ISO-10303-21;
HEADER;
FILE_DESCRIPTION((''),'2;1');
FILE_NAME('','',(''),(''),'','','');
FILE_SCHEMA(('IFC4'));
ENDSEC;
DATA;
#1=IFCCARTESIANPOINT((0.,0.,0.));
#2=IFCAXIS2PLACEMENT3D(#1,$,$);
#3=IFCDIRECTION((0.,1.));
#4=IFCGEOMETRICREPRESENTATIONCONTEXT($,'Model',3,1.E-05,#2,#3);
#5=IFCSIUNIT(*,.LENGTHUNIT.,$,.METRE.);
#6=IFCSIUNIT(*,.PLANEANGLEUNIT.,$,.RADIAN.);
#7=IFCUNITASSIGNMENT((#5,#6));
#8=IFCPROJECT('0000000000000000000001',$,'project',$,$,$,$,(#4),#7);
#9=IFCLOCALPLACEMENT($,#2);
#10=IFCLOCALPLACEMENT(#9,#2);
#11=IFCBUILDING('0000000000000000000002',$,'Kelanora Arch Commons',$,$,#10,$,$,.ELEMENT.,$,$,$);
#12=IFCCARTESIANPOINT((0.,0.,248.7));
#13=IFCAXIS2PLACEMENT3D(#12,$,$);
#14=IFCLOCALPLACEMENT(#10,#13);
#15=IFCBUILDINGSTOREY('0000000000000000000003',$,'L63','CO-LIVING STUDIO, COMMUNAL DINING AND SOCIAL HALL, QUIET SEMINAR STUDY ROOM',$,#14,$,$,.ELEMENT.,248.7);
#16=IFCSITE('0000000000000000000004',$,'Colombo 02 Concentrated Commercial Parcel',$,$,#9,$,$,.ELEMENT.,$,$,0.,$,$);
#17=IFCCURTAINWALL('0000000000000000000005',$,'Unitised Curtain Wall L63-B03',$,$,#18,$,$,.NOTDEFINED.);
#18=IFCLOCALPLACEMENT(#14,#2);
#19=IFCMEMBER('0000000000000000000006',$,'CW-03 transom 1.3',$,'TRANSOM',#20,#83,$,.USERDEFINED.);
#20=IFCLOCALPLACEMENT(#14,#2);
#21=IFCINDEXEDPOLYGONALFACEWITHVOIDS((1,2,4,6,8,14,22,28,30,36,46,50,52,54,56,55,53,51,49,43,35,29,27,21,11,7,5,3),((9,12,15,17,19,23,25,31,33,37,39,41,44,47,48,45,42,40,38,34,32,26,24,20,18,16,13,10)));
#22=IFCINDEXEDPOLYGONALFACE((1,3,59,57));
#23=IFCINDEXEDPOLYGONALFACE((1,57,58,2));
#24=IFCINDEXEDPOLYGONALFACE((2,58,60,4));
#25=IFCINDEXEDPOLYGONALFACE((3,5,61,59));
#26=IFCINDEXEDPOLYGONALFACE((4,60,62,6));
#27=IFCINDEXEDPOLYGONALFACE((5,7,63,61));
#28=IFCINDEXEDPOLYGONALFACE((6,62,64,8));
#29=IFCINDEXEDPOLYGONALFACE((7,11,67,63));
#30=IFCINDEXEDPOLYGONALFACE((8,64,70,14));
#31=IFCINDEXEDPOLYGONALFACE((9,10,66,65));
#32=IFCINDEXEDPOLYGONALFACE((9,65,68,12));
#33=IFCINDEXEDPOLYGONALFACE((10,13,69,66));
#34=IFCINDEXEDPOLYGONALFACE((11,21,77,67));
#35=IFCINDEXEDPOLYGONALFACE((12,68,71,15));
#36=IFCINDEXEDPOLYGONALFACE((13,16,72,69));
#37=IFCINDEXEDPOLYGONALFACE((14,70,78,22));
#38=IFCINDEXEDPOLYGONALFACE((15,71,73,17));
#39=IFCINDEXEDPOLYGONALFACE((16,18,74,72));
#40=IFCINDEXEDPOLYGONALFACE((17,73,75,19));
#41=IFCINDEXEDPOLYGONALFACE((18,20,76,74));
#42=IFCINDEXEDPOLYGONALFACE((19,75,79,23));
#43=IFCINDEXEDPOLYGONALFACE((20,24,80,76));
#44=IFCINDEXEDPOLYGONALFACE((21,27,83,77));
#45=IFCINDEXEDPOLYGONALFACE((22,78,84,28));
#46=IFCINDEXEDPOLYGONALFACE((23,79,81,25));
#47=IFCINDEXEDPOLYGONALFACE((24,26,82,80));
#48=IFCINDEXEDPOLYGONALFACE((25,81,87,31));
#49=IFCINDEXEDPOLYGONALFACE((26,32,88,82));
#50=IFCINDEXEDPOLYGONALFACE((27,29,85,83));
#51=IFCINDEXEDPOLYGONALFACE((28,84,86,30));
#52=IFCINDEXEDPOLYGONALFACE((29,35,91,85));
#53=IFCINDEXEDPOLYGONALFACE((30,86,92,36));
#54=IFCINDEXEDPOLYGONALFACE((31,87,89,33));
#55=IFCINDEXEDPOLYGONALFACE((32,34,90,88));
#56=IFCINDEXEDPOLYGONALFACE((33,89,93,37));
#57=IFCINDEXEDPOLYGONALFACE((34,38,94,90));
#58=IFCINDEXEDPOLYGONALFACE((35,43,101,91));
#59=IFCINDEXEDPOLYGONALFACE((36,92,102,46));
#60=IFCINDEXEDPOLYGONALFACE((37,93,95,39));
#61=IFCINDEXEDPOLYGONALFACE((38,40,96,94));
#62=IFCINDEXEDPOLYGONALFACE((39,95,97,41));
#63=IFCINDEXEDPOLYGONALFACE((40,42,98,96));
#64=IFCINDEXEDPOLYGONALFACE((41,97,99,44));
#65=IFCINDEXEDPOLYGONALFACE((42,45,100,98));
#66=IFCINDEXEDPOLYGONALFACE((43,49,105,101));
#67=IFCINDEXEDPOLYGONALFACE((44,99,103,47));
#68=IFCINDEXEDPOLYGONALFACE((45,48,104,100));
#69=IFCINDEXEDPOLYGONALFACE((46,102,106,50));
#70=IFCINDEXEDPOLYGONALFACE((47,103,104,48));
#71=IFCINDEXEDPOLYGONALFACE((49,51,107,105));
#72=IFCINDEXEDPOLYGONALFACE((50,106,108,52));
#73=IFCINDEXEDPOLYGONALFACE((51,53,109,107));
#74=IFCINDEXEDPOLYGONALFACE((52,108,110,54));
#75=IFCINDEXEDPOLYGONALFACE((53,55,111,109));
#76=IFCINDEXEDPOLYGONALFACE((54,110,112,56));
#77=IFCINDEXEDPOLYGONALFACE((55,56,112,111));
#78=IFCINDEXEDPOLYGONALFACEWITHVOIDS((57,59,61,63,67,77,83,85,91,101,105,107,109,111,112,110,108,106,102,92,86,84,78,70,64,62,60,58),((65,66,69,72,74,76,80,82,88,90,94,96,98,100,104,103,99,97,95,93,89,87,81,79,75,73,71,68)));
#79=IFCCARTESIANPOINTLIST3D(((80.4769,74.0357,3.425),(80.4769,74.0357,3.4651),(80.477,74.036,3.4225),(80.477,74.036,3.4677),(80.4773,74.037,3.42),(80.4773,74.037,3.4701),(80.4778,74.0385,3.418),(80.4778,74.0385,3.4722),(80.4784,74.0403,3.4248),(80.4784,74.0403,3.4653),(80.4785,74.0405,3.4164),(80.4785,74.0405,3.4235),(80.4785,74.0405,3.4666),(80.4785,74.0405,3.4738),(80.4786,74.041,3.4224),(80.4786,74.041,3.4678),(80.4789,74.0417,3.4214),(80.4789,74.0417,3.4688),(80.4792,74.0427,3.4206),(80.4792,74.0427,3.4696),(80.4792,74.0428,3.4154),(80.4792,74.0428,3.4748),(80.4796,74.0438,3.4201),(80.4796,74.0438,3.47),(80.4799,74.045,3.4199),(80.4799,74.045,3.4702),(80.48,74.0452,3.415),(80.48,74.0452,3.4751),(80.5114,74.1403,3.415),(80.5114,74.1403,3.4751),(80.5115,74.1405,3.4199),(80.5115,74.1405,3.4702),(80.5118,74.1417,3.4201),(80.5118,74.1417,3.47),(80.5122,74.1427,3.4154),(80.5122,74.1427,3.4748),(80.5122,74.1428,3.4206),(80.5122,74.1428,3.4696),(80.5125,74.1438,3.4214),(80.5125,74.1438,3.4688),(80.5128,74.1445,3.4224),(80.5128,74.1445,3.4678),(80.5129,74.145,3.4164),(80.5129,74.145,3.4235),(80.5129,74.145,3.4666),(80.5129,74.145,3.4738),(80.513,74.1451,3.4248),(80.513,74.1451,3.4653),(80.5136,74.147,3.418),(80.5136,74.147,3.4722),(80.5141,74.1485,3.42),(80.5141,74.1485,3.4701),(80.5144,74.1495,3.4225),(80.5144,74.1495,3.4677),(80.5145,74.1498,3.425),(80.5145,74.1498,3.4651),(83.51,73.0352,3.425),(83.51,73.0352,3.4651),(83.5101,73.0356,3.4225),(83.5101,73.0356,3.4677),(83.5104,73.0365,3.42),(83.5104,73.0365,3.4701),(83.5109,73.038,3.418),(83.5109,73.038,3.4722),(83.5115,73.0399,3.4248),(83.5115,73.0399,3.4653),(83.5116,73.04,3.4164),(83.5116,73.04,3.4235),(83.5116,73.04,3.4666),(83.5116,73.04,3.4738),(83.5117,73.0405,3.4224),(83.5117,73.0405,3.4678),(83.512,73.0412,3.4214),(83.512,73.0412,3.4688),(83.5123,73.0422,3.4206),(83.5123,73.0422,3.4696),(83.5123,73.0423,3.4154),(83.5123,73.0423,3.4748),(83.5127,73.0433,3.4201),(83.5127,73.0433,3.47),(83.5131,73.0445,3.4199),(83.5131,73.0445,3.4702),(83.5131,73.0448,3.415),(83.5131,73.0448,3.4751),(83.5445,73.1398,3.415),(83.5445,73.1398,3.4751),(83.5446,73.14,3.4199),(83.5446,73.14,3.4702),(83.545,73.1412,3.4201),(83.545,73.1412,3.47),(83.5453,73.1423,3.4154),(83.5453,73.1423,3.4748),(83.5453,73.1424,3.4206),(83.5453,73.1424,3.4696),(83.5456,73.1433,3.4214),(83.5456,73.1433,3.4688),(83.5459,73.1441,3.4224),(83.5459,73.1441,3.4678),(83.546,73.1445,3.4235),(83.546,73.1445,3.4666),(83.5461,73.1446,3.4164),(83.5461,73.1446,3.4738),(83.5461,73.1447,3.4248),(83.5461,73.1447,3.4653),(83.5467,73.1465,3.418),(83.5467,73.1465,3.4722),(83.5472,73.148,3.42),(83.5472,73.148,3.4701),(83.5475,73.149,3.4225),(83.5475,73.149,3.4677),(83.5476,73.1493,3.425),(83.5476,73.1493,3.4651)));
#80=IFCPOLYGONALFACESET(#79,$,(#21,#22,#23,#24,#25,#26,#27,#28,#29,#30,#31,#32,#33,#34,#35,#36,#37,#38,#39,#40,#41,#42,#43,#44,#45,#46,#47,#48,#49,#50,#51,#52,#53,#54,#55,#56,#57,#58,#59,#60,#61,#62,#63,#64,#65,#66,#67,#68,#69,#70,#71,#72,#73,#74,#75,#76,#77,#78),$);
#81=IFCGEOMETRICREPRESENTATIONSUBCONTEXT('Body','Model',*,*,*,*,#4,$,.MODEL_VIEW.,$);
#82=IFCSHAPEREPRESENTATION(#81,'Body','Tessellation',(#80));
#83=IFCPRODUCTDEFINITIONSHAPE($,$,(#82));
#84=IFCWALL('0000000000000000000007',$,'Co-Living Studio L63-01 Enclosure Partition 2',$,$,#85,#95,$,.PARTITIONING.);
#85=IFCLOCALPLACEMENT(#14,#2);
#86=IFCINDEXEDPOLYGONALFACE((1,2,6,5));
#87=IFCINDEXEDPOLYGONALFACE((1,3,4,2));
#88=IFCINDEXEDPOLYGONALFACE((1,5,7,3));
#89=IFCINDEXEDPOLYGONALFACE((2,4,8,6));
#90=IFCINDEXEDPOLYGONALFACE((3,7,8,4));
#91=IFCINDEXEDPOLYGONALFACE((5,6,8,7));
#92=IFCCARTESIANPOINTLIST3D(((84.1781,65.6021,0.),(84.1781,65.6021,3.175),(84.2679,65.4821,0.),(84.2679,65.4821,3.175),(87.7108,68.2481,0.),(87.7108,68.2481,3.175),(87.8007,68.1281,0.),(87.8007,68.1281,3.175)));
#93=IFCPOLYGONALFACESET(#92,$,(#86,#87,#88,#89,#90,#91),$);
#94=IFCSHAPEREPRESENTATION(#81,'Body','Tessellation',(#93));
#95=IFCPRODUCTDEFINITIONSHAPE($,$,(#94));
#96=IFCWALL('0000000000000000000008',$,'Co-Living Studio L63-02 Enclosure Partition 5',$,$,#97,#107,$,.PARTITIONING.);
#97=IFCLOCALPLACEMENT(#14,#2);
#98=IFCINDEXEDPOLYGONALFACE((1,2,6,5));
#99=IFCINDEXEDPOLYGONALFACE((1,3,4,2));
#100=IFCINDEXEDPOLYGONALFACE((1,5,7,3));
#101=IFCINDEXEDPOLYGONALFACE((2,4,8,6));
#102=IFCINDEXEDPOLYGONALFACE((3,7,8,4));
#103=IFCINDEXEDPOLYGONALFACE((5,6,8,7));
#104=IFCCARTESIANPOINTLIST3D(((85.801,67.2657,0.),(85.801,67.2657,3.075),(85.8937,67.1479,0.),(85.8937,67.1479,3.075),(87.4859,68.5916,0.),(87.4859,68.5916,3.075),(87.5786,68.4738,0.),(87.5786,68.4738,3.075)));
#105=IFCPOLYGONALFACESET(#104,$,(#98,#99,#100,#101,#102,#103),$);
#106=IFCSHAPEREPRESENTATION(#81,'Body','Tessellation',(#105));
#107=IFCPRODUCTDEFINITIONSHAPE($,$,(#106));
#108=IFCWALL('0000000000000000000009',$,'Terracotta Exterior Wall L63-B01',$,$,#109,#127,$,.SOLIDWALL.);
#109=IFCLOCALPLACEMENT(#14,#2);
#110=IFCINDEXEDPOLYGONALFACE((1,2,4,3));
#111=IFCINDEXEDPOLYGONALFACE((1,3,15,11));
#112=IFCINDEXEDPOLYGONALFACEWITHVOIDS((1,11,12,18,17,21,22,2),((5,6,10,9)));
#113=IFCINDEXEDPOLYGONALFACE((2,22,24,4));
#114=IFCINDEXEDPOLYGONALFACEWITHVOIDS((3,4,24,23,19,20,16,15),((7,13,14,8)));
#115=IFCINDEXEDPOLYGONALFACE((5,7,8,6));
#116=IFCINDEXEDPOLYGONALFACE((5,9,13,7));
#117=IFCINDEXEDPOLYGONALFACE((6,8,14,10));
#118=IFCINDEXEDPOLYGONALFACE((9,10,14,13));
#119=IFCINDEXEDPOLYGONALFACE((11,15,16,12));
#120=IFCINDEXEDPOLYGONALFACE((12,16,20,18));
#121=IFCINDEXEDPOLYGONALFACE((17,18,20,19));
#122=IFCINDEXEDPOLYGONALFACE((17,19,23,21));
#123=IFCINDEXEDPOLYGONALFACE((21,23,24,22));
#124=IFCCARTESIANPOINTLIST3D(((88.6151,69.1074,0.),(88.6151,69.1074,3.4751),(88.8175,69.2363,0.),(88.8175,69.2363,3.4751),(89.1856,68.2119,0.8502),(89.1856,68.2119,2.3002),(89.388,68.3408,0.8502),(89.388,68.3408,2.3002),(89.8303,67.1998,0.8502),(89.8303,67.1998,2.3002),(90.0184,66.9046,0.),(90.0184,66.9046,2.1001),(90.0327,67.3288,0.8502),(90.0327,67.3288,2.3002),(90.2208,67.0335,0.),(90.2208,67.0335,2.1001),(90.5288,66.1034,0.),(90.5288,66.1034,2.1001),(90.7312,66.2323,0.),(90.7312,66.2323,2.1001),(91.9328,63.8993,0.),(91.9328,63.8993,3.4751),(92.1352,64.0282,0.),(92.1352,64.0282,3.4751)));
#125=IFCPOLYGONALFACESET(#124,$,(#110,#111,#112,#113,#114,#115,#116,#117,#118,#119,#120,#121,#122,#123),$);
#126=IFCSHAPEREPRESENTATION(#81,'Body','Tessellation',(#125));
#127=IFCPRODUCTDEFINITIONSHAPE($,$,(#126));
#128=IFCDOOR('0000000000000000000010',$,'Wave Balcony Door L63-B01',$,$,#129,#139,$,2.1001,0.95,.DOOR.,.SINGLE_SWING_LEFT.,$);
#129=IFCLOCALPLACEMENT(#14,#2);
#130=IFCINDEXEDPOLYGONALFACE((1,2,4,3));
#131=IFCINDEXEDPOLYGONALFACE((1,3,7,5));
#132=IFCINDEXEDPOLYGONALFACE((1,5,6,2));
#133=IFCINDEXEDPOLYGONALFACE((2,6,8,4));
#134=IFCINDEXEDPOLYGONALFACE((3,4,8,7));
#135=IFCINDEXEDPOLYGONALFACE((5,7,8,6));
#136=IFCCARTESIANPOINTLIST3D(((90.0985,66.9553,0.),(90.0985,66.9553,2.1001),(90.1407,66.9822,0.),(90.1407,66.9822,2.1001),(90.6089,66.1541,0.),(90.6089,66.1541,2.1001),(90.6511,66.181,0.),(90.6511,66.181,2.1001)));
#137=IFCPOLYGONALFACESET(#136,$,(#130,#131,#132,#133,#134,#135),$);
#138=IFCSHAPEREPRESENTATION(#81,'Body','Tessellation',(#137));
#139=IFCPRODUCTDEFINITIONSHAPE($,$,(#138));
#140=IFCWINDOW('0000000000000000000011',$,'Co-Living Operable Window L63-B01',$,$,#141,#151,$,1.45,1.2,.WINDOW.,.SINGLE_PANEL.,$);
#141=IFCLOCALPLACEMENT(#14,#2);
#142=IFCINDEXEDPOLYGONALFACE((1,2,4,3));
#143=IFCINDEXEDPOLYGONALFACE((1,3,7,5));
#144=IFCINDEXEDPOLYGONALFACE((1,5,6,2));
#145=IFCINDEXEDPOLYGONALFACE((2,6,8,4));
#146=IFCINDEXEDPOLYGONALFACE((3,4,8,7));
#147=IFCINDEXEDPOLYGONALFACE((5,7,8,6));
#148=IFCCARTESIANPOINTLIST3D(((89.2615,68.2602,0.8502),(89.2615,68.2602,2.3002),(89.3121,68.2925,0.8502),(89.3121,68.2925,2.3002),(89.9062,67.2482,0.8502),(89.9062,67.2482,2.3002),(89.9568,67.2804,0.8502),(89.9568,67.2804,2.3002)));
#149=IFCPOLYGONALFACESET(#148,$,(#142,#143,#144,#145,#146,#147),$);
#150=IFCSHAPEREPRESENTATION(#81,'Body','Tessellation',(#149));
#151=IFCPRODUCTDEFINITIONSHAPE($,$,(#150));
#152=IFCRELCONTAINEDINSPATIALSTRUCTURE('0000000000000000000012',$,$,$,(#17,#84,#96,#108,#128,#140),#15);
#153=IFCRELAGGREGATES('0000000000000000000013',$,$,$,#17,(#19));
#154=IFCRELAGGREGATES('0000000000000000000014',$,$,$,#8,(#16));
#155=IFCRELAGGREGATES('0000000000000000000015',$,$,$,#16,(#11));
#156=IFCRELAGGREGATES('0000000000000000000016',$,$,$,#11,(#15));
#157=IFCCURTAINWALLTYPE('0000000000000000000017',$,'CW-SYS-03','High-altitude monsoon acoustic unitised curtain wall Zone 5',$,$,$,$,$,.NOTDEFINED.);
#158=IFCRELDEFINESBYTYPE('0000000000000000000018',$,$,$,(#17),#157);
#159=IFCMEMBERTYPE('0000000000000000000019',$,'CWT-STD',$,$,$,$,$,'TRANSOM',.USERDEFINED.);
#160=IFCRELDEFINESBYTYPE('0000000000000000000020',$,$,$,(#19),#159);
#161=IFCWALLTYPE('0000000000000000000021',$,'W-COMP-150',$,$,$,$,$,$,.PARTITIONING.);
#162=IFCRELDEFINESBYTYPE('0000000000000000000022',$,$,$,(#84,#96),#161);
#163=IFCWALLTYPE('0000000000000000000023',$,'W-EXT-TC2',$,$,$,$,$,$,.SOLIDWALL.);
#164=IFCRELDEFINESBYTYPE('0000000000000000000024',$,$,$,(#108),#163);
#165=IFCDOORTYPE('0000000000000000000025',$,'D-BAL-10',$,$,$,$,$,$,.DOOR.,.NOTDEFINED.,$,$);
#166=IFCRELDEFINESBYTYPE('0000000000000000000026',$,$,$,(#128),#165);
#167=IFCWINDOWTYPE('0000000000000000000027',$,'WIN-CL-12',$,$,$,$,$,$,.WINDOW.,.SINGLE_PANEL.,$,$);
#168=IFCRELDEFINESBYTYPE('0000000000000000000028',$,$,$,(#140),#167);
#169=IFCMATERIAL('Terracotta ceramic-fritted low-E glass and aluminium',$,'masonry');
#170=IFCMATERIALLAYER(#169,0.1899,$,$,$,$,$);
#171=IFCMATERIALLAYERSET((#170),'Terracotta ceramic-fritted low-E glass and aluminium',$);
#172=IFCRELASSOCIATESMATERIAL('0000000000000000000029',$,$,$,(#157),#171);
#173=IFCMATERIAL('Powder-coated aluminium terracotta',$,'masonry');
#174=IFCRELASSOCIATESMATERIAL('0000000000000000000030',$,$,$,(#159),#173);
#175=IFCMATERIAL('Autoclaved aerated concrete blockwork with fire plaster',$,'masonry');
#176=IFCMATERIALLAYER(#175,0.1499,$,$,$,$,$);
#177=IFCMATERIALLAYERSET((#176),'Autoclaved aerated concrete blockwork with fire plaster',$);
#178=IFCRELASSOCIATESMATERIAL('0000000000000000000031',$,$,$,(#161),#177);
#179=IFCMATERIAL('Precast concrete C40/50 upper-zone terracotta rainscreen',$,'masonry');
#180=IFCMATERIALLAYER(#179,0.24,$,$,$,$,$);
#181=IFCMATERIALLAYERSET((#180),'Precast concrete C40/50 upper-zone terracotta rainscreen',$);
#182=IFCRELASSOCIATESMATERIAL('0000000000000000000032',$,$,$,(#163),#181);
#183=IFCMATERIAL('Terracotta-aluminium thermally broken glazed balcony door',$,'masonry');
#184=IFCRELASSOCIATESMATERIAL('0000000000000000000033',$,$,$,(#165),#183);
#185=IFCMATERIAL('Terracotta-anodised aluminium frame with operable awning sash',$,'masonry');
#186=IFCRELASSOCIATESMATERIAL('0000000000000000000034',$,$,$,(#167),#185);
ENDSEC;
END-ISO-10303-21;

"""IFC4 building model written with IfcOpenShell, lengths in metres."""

from ifc_helpers import new_model, si_unit, direction, frame, frame_2d, origin, origin_2d, place, context, subcontext, project, spatial, rectangle, hollow_rectangle, extrude, material, layer, layer_set, material_profile, profile_set, type_object, element, fill, aggregate, save


model = new_model("IFC4")

# Units and contexts
model_context = context("Model", 3, precision=1e-05, world=origin(), true_north=direction((0.0, 1.0)))
body_context = subcontext(model_context, "Body", "Model", "MODEL_VIEW")
ifc_project = project(units=[si_unit("LENGTHUNIT", "METRE"), si_unit("PLANEANGLEUNIT", "RADIAN")], contexts=[model_context])

# Site, building, storey
site_placement = place(None, origin())
site = spatial("IfcSite", under=ifc_project, at=site_placement, Name="Colombo 02 Concentrated Commercial Parcel", CompositionType="ELEMENT", RefElevation=0.0)
building_placement = place(site_placement, origin())
building = spatial("IfcBuilding", under=site, at=building_placement, Name="Kelanora Arch Commons", CompositionType="ELEMENT")
storey_placement = place(building_placement, frame((0.0, 0.0, 248.7)))
storey = spatial("IfcBuildingStorey", under=building, at=storey_placement, Name="L63", Description="CO-LIVING STUDIO, COMMUNAL DINING AND SOCIAL HALL, QUIET SEMINAR STUDY ROOM", CompositionType="ELEMENT", Elevation=248.7)

# Shared definitions
ifc_material_1 = material(Name="Terracotta ceramic-fritted low-E glass and aluminium", Category="masonry")
ifc_layer_1 = layer(ifc_material_1, 0.1899)
ifc_layer_set_1 = layer_set([ifc_layer_1], Name="Terracotta ceramic-fritted low-E glass and aluminium")
curtain_wall_type = type_object("IfcCurtainWallType", Name="CW-SYS-03", Description="High-altitude monsoon acoustic unitised curtain wall Zone 5", PredefinedType="NOTDEFINED", material=ifc_layer_set_1)
ifc_material_2 = material(Name="Powder-coated aluminium terracotta", Category="masonry")

# Curtain wall, member
curtain_wall_1_placement = place(storey_placement, origin())
curtain_wall_1 = element("IfcCurtainWall", 1, at=curtain_wall_1_placement, inside=storey, type_object=curtain_wall_type, Name="Unitised Curtain Wall L63-B03", PredefinedType="NOTDEFINED")
ifc_material_profile_1 = material_profile(ifc_material_2, hollow_rectangle(XDim=0.1201, YDim=0.0601, WallThickness=0.0049, InnerFilletRadius=0.0049, OuterFilletRadius=0.01, at=origin_2d()), Name="CWT120x60")
ifc_profile_set_1 = profile_set([ifc_material_profile_1], Name="Powder-coated aluminium terracotta")
member_type_1 = type_object("IfcMemberType", Name="CWT-STD", ElementType="TRANSOM", PredefinedType="USERDEFINED", material=ifc_profile_set_1)
member_1_placement = place(storey_placement, frame((83.5288, 73.0923, 3.4451), z_axis=(-0.949672, 0.313245, 0.0), x_axis=(-0.313245, -0.949672, 0.0)))
member_1 = element("IfcMember", 2, at=member_1_placement, type_object=member_type_1, Name="CW-03 transom 1.3", ObjectType="TRANSOM", PredefinedType="USERDEFINED", context=body_context, shape_type="SweptSolid", body=[
    extrude(hollow_rectangle(XDim=0.1201, YDim=0.0601, WallThickness=0.0049, InnerFilletRadius=0.0049, OuterFilletRadius=0.01, at=origin_2d()), origin(), (0.0, 0.0, 1.0), 3.1938),
])
aggregate(curtain_wall_1, [member_1])

# Walls
ifc_material_3 = material(Name="Autoclaved aerated concrete blockwork with fire plaster", Category="masonry")
ifc_layer_2 = layer(ifc_material_3, 0.1499)
ifc_layer_set_2 = layer_set([ifc_layer_2], Name="Autoclaved aerated concrete blockwork with fire plaster")
wall_type_1 = type_object("IfcWallType", Name="W-COMP-150", PredefinedType="PARTITIONING", material=ifc_layer_set_2)
wall_1_placement = place(storey_placement, frame((84.2229, 65.542, 0.0), z_axis=(0.0, 0.0, 1.0), x_axis=(0.800385, 0.599487, 0.0)))
element("IfcWall", 3, at=wall_1_placement, inside=storey, type_object=wall_type_1, Name="Co-Living Studio L63-01 Enclosure Partition 2", PredefinedType="PARTITIONING", context=body_context, shape_type="SweptSolid", body=[
    extrude(rectangle(XDim=4.4138, YDim=0.1499, at=frame_2d((2.207, 0.0))), origin(), (0.0, 0.0, 1.0), 3.175),
])
wall_2_placement = place(storey_placement, frame((87.5322, 68.5327, 0.0), z_axis=(0.0, 0.0, 1.0), x_axis=(-0.785832, -0.61844, 0.0)))
element("IfcWall", 4, at=wall_2_placement, inside=storey, type_object=wall_type_1, Name="Co-Living Studio L63-02 Enclosure Partition 5", PredefinedType="PARTITIONING", context=body_context, shape_type="SweptSolid", body=[
    extrude(rectangle(XDim=2.144, YDim=0.1499, at=frame_2d((1.072, 0.0))), origin(), (0.0, 0.0, 1.0), 3.075),
])

# Wall, openings, door, window
ifc_material_4 = material(Name="Precast concrete C40/50 upper-zone terracotta rainscreen", Category="masonry")
ifc_layer_3 = layer(ifc_material_4, 0.24)
ifc_layer_set_3 = layer_set([ifc_layer_3], Name="Precast concrete C40/50 upper-zone terracotta rainscreen")
wall_type_2 = type_object("IfcWallType", Name="W-EXT-TC2", PredefinedType="SOLIDWALL", material=ifc_layer_set_3)
wall_3_placement = place(storey_placement, frame((92.0339, 63.9639, 0.0), z_axis=(0.0, 0.0, 1.0), x_axis=(-0.537272, 0.843409, 0.0)))
wall_3 = element("IfcWall", 5, at=wall_3_placement, inside=storey, type_object=wall_type_2, Name="Terracotta Exterior Wall L63-B01", PredefinedType="SOLIDWALL", context=body_context, shape_type="SweptSolid", body=[
    extrude(rectangle(XDim=6.175, YDim=0.24, at=frame_2d((3.0874, 0.0))), origin(), (0.0, 0.0, 1.0), 3.4751),
])
opening_1_placement = place(wall_3_placement, frame((2.613, 0.0, 0.0)))
opening_1 = element("IfcOpeningElement", 6, at=opening_1_placement, cuts=wall_3, PredefinedType="OPENING", context=body_context, shape_type="SweptSolid", body=[
    extrude(rectangle(XDim=0.95, YDim=2.1001, at=frame_2d((0.4751, 1.05))), frame((0.0, 0.1299, 0.0), z_axis=(0.0, -1.0, 0.0), x_axis=(1.0, 0.0, 0.0)), (0.0, 0.0, 1.0), 0.26),
])
opening_2_placement = place(wall_3_placement, frame((3.9131, 0.0, 0.8501)))
opening_2 = element("IfcOpeningElement", 7, at=opening_2_placement, cuts=wall_3, PredefinedType="OPENING", context=body_context, shape_type="SweptSolid", body=[
    extrude(rectangle(XDim=1.2, YDim=1.45, at=frame_2d((0.6001, 0.7251))), frame((0.0, 0.1299, 0.0), z_axis=(0.0, -1.0, 0.0), x_axis=(1.0, 0.0, 0.0)), (0.0, 0.0, 1.0), 0.26),
])
ifc_material_5 = material(Name="Terracotta-aluminium thermally broken glazed balcony door", Category="masonry")
door_type = type_object("IfcDoorType", Name="D-BAL-10", OperationType="NOTDEFINED", PredefinedType="DOOR", material=ifc_material_5)
door_1_placement = place(opening_1_placement, frame((0.95, 0.0, 0.0), z_axis=(0.0, 0.0, 1.0), x_axis=(-1.0, 0.0, 0.0)))
door_1 = element("IfcDoor", 8, at=door_1_placement, inside=storey, type_object=door_type, Name="Wave Balcony Door L63-B01", OperationType="SINGLE_SWING_LEFT", OverallHeight=2.1001, OverallWidth=0.95, PredefinedType="DOOR", context=body_context, shape_type="SweptSolid", body=[
    extrude(rectangle(XDim=0.95, YDim=2.1001, at=frame_2d((0.4751, 1.05))), frame((0.0, 0.0249, 0.0), z_axis=(0.0, -1.0, 0.0), x_axis=(1.0, 0.0, 0.0)), (0.0, 0.0, 1.0), 0.05),
])
fill(opening_1, door_1)
ifc_material_6 = material(Name="Terracotta-anodised aluminium frame with operable awning sash", Category="masonry")
window_type = type_object("IfcWindowType", Name="WIN-CL-12", PartitioningType="SINGLE_PANEL", PredefinedType="WINDOW", material=ifc_material_6)
window_1_placement = place(opening_2_placement, origin())
window_1 = element("IfcWindow", 9, at=window_1_placement, inside=storey, type_object=window_type, Name="Co-Living Operable Window L63-B01", OverallHeight=1.45, OverallWidth=1.2, PartitioningType="SINGLE_PANEL", PredefinedType="WINDOW", context=body_context, shape_type="SweptSolid", body=[
    extrude(rectangle(XDim=1.2, YDim=1.45, at=frame_2d((0.6001, 0.7251))), frame((0.0, 0.03, 0.0), z_axis=(0.0, -1.0, 0.0), x_axis=(1.0, 0.0, 0.0)), (0.0, 0.0, 1.0), 0.0601),
])
fill(opening_2, window_1)

save(model, "model.ifc")
